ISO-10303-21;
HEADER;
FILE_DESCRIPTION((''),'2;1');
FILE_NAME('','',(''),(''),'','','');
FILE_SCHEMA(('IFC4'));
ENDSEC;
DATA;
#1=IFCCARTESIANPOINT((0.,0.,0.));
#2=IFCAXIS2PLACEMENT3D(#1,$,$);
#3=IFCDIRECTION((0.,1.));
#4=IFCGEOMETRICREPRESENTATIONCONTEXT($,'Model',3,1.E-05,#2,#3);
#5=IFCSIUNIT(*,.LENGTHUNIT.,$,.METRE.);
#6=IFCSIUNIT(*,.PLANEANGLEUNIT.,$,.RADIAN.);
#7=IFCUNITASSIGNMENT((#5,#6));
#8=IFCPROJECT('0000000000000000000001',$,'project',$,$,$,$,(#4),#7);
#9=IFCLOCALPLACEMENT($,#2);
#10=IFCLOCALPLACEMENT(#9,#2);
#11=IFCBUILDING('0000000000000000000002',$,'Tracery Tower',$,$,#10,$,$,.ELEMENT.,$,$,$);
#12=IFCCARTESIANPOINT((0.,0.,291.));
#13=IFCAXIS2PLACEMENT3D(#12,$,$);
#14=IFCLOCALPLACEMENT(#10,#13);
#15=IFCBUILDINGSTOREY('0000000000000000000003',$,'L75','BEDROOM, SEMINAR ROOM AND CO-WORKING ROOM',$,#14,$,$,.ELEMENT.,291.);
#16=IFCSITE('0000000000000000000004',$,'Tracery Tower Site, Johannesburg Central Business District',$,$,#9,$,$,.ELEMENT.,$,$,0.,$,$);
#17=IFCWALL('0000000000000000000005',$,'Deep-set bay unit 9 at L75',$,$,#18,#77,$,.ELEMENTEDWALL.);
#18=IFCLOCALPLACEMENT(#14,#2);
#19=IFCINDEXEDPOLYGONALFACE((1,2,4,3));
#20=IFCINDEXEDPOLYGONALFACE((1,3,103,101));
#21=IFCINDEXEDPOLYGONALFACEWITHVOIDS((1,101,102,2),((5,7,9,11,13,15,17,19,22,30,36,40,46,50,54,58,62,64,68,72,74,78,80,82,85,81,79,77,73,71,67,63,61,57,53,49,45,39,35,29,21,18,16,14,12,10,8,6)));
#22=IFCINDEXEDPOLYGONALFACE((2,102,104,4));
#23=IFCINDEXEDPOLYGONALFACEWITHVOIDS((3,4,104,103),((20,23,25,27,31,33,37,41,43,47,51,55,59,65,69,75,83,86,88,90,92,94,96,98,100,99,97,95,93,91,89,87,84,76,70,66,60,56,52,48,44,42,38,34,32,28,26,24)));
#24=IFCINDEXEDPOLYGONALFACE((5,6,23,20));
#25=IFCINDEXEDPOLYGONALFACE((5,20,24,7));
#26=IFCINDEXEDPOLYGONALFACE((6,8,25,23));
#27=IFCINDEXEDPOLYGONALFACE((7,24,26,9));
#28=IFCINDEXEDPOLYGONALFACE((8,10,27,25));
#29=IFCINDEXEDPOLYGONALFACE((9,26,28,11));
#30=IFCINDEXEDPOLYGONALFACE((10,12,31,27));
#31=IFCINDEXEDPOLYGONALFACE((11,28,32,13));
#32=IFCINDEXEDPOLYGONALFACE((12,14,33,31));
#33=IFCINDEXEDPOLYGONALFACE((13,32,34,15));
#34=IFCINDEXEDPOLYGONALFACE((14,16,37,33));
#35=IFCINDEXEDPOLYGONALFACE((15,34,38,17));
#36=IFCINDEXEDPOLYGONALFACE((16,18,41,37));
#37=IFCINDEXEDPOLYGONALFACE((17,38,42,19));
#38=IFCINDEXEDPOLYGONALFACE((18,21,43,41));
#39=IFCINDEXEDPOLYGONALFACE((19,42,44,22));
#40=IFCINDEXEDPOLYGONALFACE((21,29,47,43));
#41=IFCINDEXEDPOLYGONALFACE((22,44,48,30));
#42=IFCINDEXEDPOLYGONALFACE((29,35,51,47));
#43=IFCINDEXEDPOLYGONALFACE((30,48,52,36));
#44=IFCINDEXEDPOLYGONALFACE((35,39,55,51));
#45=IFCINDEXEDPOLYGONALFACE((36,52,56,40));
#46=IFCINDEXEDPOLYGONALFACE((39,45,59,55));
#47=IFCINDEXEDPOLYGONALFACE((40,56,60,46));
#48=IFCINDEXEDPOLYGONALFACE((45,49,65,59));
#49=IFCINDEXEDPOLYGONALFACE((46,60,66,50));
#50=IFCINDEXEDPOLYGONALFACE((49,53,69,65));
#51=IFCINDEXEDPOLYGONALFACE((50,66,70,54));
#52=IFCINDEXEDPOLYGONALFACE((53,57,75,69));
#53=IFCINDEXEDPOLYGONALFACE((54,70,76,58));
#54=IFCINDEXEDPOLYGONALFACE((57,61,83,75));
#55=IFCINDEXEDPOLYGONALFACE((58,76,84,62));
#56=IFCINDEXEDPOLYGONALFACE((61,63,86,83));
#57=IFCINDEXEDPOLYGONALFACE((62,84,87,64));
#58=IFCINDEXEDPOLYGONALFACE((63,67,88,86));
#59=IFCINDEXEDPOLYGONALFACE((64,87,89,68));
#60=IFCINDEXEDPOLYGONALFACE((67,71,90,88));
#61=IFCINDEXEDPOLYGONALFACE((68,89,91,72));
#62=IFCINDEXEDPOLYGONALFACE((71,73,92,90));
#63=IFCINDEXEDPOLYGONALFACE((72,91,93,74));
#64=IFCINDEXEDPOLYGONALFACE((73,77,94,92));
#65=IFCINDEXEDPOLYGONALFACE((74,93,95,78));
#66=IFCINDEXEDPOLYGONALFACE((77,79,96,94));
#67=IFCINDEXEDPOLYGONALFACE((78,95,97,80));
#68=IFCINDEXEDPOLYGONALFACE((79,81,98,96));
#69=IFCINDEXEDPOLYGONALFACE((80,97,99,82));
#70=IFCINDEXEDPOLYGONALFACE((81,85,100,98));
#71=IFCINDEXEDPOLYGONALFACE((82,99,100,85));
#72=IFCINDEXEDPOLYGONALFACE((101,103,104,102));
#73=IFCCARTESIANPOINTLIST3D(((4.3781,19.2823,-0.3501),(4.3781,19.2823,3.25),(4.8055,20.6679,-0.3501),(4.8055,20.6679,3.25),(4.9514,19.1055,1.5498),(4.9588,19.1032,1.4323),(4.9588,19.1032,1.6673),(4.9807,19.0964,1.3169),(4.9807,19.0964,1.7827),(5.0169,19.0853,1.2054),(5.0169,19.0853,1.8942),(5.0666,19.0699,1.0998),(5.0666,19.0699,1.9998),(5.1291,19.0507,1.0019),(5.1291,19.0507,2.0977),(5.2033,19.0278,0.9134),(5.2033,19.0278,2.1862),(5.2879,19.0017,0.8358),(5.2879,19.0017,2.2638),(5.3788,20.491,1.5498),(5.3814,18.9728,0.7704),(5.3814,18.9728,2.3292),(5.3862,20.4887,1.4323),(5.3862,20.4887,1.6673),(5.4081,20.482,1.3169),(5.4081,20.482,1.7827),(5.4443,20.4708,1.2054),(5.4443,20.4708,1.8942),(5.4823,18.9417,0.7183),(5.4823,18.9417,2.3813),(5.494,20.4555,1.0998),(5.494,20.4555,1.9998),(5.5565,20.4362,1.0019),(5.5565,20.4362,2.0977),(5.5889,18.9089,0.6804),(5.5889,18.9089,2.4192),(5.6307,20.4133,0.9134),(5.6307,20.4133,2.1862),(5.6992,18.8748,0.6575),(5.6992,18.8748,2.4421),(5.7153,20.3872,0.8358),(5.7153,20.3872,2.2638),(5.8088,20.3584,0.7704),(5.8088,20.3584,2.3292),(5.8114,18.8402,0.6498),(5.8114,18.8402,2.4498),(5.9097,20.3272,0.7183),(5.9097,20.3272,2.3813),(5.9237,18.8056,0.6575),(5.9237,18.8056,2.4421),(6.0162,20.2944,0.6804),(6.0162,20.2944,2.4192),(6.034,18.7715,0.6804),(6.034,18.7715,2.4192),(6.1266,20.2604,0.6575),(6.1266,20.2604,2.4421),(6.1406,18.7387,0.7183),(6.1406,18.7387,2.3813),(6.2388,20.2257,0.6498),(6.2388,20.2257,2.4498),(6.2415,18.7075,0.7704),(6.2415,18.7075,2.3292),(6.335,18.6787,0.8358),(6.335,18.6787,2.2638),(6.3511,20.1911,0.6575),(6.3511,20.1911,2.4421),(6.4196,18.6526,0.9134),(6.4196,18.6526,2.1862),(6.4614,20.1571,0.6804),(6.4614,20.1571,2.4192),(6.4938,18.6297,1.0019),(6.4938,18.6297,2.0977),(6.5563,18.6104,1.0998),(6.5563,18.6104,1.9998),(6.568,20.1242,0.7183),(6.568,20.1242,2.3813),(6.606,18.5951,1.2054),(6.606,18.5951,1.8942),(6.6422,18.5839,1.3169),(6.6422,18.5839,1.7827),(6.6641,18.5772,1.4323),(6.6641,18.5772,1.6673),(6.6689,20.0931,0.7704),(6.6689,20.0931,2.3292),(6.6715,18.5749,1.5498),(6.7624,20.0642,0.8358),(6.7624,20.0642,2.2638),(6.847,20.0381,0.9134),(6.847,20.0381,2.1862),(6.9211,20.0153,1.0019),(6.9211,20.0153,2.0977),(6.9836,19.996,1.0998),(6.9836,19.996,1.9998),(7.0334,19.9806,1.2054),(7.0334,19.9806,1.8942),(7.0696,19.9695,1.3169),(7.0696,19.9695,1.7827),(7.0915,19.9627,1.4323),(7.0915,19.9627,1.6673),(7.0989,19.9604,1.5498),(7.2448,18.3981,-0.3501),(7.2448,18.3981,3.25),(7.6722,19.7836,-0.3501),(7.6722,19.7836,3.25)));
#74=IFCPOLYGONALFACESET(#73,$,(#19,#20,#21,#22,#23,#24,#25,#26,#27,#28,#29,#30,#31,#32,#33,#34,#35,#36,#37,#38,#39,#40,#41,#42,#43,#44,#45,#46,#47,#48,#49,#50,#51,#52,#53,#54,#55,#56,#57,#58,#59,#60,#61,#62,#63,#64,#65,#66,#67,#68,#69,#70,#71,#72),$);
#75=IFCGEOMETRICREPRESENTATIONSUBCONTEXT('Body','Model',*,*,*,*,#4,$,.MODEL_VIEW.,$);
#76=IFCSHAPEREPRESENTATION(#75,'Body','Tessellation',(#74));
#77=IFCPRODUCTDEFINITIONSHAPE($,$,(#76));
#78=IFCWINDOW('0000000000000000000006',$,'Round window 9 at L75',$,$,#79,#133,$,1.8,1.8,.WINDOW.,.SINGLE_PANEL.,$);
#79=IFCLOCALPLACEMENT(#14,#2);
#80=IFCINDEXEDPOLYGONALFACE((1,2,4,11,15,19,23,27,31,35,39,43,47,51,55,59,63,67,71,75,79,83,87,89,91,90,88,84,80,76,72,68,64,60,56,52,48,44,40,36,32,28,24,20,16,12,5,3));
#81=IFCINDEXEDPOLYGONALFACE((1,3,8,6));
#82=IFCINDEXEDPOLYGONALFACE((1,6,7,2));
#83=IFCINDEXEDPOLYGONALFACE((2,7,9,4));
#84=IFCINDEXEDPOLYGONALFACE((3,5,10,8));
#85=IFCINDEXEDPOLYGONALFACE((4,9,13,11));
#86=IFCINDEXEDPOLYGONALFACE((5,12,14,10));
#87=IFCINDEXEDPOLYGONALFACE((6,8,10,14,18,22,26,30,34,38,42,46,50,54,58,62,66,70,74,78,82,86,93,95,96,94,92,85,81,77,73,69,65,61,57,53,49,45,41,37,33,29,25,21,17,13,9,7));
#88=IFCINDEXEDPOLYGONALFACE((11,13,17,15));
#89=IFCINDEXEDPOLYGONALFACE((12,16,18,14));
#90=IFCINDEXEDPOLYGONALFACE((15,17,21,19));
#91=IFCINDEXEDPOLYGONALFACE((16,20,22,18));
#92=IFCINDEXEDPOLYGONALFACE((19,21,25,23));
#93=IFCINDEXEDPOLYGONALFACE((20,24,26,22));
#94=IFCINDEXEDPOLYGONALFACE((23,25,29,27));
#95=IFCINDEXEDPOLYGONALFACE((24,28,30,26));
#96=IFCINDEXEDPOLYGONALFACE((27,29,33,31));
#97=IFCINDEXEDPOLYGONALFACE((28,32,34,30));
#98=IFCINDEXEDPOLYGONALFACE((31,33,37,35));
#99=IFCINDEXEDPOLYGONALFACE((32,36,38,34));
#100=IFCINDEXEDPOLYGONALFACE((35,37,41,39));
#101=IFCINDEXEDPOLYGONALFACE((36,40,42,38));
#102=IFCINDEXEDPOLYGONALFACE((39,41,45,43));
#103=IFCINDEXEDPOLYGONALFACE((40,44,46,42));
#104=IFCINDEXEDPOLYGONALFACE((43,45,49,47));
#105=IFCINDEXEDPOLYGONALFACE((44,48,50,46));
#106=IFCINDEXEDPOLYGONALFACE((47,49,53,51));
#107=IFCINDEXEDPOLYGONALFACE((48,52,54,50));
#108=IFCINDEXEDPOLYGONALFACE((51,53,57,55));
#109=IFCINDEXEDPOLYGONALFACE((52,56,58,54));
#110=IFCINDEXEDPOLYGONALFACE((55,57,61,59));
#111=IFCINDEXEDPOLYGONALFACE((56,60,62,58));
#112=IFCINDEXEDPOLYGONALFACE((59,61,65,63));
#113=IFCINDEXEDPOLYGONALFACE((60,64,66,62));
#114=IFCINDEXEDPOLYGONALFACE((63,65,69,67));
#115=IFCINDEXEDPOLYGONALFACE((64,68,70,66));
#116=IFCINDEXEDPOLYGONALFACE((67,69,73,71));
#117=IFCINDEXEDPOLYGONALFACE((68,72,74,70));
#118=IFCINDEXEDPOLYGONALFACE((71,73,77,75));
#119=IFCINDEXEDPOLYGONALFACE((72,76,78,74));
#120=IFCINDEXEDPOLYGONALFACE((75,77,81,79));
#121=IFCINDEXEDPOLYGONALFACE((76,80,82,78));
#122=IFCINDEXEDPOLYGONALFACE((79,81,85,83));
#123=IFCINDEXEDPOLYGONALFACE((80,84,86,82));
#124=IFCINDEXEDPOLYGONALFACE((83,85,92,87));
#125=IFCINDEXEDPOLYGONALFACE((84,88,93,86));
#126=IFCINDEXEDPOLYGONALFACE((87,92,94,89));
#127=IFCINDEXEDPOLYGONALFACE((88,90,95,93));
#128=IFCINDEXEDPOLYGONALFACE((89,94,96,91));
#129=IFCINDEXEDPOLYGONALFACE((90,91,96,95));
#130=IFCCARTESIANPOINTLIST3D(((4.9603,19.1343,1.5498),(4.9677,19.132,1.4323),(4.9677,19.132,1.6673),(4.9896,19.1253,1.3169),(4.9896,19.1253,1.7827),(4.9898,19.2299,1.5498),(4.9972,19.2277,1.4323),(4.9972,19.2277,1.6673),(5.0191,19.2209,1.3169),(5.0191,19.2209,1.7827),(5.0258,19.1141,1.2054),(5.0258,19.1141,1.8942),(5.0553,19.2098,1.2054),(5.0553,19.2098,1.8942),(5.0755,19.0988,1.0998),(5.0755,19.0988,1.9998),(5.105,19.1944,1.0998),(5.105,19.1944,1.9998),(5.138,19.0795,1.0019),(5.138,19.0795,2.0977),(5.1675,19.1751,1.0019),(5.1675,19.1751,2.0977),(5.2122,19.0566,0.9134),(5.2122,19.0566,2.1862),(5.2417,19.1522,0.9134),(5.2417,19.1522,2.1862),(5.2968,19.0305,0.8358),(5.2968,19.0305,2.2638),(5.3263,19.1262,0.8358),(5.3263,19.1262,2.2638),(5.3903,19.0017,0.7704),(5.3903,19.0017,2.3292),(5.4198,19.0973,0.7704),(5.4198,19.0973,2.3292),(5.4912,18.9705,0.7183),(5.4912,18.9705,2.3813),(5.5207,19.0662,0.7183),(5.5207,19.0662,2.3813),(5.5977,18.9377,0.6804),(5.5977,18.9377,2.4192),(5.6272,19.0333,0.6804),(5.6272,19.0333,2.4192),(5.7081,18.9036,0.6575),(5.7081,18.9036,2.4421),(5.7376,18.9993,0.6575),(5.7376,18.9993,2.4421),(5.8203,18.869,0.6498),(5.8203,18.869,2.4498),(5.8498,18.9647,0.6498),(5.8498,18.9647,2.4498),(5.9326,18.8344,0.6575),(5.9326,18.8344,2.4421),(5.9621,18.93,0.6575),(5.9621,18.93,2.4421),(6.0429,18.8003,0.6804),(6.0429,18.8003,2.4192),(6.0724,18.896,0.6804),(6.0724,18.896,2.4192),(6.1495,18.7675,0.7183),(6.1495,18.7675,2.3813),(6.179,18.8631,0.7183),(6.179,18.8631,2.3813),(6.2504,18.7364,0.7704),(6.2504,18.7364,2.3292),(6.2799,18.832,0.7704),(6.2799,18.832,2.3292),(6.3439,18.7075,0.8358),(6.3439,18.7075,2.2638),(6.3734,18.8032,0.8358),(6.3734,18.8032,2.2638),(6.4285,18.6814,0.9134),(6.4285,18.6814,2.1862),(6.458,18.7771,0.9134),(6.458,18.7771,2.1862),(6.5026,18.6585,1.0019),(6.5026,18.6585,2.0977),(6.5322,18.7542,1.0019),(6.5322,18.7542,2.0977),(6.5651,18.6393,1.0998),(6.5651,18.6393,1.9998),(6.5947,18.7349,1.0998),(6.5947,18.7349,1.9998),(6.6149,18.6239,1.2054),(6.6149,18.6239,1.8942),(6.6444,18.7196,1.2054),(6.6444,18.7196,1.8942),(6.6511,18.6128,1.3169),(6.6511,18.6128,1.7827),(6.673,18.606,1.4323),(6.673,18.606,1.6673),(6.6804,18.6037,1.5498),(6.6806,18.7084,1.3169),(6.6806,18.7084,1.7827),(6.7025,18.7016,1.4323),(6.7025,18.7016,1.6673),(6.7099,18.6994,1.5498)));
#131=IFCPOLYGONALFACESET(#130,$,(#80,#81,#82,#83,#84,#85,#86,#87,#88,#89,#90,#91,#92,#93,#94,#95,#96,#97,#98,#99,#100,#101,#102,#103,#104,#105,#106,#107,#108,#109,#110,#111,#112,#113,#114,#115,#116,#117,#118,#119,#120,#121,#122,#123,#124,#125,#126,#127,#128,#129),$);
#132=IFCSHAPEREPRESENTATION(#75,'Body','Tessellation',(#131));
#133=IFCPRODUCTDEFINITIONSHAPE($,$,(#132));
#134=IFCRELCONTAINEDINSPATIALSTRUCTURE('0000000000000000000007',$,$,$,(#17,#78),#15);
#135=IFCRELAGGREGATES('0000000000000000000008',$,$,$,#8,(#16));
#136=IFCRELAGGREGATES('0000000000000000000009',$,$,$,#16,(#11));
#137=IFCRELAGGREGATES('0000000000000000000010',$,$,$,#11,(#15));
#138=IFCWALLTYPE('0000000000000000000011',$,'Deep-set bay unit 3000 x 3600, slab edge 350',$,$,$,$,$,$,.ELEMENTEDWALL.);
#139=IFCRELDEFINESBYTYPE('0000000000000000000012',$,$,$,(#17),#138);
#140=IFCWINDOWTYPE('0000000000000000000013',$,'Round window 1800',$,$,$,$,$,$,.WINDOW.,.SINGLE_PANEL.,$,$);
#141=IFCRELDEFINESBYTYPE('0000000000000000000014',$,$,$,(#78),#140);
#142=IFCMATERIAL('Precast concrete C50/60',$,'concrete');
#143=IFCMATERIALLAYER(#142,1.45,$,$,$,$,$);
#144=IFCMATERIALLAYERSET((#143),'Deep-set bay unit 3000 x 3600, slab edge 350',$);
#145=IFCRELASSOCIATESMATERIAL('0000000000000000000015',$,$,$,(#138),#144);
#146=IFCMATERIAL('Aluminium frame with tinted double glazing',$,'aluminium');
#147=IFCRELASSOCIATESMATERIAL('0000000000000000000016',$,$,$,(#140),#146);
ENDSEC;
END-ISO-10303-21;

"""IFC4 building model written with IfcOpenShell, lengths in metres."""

from ifc_helpers import new_model, si_unit, direction, frame, frame_2d, origin, origin_2d, place, context, subcontext, project, spatial, rectangle, circle, extrude, material, layer, layer_set, type_object, element, fill, save


model = new_model("IFC4")

# Units and contexts
model_context = context("Model", 3, precision=1e-05, world=origin(), true_north=direction((0.0, 1.0)))
body_context = subcontext(model_context, "Body", "Model", "MODEL_VIEW")
ifc_project = project(units=[si_unit("LENGTHUNIT", "METRE"), si_unit("PLANEANGLEUNIT", "RADIAN")], contexts=[model_context])

# Site, building, storey
site_placement = place(None, origin())
site = spatial("IfcSite", under=ifc_project, at=site_placement, Name="Tracery Tower Site, Johannesburg Central Business District", CompositionType="ELEMENT", RefElevation=0.0)
building_placement = place(site_placement, origin())
building = spatial("IfcBuilding", under=site, at=building_placement, Name="Tracery Tower", CompositionType="ELEMENT")
storey_placement = place(building_placement, frame((0.0, 0.0, 291.0)))
storey = spatial("IfcBuildingStorey", under=building, at=storey_placement, Name="L75", Description="BEDROOM, SEMINAR ROOM AND CO-WORKING ROOM", CompositionType="ELEMENT", Elevation=291.0)

# Wall, opening, window
ifc_material_1 = material(Name="Precast concrete C50/60", Category="concrete")
ifc_layer_1 = layer(ifc_material_1, 1.45)
ifc_layer_set_1 = layer_set([ifc_layer_1], Name="Deep-set bay unit 3000 x 3600, slab edge 350")
wall_type_1 = type_object("IfcWallType", Name="Deep-set bay unit 3000 x 3600, slab edge 350", PredefinedType="ELEMENTEDWALL", material=ifc_layer_set_1)
wall_1_placement = place(storey_placement, frame((7.4585, 19.0908, -0.3501), z_axis=(0.0, 0.0, 1.0), x_axis=(-0.955571, 0.294761, 0.0)))
wall_1 = element("IfcWall", 1, at=wall_1_placement, inside=storey, type_object=wall_type_1, Name="Deep-set bay unit 9 at L75", PredefinedType="ELEMENTEDWALL", context=body_context, shape_type="SweptSolid", body=[
    extrude(rectangle(XDim=3.0, YDim=1.45, at=frame_2d((1.5, 0.0))), origin(), (0.0, 0.0, 1.0), 3.6001),
])
opening_1_placement = place(wall_1_placement, frame((1.5, 0.0, 1.8999)))
opening_1 = element("IfcOpeningElement", 2, at=opening_1_placement, cuts=wall_1, PredefinedType="OPENING", context=body_context, shape_type="SweptSolid", body=[
    extrude(circle(Radius=0.9, at=origin_2d()), frame((0.0, 0.7349, 0.0), z_axis=(0.0, -1.0, 0.0), x_axis=(1.0, 0.0, 0.0)), (0.0, 0.0, 1.0), 1.47),
])
ifc_material_2 = material(Name="Aluminium frame with tinted double glazing", Category="aluminium")
window_type = type_object("IfcWindowType", Name="Round window 1800", PartitioningType="SINGLE_PANEL", PredefinedType="WINDOW", material=ifc_material_2)
window_1_placement = place(opening_1_placement, origin())
window_1 = element("IfcWindow", 3, at=window_1_placement, inside=storey, type_object=window_type, Name="Round window 9 at L75", OverallHeight=1.8, OverallWidth=1.8, PartitioningType="SINGLE_PANEL", PredefinedType="WINDOW", context=body_context, shape_type="SweptSolid", body=[
    extrude(circle(Radius=0.9, at=origin_2d()), frame((0.0, 0.6948, 0.0), z_axis=(0.0, -1.0, 0.0), x_axis=(1.0, 0.0, 0.0)), (0.0, 0.0, 1.0), 0.1001),
])
fill(opening_1, window_1)

save(model, "model.ifc")
